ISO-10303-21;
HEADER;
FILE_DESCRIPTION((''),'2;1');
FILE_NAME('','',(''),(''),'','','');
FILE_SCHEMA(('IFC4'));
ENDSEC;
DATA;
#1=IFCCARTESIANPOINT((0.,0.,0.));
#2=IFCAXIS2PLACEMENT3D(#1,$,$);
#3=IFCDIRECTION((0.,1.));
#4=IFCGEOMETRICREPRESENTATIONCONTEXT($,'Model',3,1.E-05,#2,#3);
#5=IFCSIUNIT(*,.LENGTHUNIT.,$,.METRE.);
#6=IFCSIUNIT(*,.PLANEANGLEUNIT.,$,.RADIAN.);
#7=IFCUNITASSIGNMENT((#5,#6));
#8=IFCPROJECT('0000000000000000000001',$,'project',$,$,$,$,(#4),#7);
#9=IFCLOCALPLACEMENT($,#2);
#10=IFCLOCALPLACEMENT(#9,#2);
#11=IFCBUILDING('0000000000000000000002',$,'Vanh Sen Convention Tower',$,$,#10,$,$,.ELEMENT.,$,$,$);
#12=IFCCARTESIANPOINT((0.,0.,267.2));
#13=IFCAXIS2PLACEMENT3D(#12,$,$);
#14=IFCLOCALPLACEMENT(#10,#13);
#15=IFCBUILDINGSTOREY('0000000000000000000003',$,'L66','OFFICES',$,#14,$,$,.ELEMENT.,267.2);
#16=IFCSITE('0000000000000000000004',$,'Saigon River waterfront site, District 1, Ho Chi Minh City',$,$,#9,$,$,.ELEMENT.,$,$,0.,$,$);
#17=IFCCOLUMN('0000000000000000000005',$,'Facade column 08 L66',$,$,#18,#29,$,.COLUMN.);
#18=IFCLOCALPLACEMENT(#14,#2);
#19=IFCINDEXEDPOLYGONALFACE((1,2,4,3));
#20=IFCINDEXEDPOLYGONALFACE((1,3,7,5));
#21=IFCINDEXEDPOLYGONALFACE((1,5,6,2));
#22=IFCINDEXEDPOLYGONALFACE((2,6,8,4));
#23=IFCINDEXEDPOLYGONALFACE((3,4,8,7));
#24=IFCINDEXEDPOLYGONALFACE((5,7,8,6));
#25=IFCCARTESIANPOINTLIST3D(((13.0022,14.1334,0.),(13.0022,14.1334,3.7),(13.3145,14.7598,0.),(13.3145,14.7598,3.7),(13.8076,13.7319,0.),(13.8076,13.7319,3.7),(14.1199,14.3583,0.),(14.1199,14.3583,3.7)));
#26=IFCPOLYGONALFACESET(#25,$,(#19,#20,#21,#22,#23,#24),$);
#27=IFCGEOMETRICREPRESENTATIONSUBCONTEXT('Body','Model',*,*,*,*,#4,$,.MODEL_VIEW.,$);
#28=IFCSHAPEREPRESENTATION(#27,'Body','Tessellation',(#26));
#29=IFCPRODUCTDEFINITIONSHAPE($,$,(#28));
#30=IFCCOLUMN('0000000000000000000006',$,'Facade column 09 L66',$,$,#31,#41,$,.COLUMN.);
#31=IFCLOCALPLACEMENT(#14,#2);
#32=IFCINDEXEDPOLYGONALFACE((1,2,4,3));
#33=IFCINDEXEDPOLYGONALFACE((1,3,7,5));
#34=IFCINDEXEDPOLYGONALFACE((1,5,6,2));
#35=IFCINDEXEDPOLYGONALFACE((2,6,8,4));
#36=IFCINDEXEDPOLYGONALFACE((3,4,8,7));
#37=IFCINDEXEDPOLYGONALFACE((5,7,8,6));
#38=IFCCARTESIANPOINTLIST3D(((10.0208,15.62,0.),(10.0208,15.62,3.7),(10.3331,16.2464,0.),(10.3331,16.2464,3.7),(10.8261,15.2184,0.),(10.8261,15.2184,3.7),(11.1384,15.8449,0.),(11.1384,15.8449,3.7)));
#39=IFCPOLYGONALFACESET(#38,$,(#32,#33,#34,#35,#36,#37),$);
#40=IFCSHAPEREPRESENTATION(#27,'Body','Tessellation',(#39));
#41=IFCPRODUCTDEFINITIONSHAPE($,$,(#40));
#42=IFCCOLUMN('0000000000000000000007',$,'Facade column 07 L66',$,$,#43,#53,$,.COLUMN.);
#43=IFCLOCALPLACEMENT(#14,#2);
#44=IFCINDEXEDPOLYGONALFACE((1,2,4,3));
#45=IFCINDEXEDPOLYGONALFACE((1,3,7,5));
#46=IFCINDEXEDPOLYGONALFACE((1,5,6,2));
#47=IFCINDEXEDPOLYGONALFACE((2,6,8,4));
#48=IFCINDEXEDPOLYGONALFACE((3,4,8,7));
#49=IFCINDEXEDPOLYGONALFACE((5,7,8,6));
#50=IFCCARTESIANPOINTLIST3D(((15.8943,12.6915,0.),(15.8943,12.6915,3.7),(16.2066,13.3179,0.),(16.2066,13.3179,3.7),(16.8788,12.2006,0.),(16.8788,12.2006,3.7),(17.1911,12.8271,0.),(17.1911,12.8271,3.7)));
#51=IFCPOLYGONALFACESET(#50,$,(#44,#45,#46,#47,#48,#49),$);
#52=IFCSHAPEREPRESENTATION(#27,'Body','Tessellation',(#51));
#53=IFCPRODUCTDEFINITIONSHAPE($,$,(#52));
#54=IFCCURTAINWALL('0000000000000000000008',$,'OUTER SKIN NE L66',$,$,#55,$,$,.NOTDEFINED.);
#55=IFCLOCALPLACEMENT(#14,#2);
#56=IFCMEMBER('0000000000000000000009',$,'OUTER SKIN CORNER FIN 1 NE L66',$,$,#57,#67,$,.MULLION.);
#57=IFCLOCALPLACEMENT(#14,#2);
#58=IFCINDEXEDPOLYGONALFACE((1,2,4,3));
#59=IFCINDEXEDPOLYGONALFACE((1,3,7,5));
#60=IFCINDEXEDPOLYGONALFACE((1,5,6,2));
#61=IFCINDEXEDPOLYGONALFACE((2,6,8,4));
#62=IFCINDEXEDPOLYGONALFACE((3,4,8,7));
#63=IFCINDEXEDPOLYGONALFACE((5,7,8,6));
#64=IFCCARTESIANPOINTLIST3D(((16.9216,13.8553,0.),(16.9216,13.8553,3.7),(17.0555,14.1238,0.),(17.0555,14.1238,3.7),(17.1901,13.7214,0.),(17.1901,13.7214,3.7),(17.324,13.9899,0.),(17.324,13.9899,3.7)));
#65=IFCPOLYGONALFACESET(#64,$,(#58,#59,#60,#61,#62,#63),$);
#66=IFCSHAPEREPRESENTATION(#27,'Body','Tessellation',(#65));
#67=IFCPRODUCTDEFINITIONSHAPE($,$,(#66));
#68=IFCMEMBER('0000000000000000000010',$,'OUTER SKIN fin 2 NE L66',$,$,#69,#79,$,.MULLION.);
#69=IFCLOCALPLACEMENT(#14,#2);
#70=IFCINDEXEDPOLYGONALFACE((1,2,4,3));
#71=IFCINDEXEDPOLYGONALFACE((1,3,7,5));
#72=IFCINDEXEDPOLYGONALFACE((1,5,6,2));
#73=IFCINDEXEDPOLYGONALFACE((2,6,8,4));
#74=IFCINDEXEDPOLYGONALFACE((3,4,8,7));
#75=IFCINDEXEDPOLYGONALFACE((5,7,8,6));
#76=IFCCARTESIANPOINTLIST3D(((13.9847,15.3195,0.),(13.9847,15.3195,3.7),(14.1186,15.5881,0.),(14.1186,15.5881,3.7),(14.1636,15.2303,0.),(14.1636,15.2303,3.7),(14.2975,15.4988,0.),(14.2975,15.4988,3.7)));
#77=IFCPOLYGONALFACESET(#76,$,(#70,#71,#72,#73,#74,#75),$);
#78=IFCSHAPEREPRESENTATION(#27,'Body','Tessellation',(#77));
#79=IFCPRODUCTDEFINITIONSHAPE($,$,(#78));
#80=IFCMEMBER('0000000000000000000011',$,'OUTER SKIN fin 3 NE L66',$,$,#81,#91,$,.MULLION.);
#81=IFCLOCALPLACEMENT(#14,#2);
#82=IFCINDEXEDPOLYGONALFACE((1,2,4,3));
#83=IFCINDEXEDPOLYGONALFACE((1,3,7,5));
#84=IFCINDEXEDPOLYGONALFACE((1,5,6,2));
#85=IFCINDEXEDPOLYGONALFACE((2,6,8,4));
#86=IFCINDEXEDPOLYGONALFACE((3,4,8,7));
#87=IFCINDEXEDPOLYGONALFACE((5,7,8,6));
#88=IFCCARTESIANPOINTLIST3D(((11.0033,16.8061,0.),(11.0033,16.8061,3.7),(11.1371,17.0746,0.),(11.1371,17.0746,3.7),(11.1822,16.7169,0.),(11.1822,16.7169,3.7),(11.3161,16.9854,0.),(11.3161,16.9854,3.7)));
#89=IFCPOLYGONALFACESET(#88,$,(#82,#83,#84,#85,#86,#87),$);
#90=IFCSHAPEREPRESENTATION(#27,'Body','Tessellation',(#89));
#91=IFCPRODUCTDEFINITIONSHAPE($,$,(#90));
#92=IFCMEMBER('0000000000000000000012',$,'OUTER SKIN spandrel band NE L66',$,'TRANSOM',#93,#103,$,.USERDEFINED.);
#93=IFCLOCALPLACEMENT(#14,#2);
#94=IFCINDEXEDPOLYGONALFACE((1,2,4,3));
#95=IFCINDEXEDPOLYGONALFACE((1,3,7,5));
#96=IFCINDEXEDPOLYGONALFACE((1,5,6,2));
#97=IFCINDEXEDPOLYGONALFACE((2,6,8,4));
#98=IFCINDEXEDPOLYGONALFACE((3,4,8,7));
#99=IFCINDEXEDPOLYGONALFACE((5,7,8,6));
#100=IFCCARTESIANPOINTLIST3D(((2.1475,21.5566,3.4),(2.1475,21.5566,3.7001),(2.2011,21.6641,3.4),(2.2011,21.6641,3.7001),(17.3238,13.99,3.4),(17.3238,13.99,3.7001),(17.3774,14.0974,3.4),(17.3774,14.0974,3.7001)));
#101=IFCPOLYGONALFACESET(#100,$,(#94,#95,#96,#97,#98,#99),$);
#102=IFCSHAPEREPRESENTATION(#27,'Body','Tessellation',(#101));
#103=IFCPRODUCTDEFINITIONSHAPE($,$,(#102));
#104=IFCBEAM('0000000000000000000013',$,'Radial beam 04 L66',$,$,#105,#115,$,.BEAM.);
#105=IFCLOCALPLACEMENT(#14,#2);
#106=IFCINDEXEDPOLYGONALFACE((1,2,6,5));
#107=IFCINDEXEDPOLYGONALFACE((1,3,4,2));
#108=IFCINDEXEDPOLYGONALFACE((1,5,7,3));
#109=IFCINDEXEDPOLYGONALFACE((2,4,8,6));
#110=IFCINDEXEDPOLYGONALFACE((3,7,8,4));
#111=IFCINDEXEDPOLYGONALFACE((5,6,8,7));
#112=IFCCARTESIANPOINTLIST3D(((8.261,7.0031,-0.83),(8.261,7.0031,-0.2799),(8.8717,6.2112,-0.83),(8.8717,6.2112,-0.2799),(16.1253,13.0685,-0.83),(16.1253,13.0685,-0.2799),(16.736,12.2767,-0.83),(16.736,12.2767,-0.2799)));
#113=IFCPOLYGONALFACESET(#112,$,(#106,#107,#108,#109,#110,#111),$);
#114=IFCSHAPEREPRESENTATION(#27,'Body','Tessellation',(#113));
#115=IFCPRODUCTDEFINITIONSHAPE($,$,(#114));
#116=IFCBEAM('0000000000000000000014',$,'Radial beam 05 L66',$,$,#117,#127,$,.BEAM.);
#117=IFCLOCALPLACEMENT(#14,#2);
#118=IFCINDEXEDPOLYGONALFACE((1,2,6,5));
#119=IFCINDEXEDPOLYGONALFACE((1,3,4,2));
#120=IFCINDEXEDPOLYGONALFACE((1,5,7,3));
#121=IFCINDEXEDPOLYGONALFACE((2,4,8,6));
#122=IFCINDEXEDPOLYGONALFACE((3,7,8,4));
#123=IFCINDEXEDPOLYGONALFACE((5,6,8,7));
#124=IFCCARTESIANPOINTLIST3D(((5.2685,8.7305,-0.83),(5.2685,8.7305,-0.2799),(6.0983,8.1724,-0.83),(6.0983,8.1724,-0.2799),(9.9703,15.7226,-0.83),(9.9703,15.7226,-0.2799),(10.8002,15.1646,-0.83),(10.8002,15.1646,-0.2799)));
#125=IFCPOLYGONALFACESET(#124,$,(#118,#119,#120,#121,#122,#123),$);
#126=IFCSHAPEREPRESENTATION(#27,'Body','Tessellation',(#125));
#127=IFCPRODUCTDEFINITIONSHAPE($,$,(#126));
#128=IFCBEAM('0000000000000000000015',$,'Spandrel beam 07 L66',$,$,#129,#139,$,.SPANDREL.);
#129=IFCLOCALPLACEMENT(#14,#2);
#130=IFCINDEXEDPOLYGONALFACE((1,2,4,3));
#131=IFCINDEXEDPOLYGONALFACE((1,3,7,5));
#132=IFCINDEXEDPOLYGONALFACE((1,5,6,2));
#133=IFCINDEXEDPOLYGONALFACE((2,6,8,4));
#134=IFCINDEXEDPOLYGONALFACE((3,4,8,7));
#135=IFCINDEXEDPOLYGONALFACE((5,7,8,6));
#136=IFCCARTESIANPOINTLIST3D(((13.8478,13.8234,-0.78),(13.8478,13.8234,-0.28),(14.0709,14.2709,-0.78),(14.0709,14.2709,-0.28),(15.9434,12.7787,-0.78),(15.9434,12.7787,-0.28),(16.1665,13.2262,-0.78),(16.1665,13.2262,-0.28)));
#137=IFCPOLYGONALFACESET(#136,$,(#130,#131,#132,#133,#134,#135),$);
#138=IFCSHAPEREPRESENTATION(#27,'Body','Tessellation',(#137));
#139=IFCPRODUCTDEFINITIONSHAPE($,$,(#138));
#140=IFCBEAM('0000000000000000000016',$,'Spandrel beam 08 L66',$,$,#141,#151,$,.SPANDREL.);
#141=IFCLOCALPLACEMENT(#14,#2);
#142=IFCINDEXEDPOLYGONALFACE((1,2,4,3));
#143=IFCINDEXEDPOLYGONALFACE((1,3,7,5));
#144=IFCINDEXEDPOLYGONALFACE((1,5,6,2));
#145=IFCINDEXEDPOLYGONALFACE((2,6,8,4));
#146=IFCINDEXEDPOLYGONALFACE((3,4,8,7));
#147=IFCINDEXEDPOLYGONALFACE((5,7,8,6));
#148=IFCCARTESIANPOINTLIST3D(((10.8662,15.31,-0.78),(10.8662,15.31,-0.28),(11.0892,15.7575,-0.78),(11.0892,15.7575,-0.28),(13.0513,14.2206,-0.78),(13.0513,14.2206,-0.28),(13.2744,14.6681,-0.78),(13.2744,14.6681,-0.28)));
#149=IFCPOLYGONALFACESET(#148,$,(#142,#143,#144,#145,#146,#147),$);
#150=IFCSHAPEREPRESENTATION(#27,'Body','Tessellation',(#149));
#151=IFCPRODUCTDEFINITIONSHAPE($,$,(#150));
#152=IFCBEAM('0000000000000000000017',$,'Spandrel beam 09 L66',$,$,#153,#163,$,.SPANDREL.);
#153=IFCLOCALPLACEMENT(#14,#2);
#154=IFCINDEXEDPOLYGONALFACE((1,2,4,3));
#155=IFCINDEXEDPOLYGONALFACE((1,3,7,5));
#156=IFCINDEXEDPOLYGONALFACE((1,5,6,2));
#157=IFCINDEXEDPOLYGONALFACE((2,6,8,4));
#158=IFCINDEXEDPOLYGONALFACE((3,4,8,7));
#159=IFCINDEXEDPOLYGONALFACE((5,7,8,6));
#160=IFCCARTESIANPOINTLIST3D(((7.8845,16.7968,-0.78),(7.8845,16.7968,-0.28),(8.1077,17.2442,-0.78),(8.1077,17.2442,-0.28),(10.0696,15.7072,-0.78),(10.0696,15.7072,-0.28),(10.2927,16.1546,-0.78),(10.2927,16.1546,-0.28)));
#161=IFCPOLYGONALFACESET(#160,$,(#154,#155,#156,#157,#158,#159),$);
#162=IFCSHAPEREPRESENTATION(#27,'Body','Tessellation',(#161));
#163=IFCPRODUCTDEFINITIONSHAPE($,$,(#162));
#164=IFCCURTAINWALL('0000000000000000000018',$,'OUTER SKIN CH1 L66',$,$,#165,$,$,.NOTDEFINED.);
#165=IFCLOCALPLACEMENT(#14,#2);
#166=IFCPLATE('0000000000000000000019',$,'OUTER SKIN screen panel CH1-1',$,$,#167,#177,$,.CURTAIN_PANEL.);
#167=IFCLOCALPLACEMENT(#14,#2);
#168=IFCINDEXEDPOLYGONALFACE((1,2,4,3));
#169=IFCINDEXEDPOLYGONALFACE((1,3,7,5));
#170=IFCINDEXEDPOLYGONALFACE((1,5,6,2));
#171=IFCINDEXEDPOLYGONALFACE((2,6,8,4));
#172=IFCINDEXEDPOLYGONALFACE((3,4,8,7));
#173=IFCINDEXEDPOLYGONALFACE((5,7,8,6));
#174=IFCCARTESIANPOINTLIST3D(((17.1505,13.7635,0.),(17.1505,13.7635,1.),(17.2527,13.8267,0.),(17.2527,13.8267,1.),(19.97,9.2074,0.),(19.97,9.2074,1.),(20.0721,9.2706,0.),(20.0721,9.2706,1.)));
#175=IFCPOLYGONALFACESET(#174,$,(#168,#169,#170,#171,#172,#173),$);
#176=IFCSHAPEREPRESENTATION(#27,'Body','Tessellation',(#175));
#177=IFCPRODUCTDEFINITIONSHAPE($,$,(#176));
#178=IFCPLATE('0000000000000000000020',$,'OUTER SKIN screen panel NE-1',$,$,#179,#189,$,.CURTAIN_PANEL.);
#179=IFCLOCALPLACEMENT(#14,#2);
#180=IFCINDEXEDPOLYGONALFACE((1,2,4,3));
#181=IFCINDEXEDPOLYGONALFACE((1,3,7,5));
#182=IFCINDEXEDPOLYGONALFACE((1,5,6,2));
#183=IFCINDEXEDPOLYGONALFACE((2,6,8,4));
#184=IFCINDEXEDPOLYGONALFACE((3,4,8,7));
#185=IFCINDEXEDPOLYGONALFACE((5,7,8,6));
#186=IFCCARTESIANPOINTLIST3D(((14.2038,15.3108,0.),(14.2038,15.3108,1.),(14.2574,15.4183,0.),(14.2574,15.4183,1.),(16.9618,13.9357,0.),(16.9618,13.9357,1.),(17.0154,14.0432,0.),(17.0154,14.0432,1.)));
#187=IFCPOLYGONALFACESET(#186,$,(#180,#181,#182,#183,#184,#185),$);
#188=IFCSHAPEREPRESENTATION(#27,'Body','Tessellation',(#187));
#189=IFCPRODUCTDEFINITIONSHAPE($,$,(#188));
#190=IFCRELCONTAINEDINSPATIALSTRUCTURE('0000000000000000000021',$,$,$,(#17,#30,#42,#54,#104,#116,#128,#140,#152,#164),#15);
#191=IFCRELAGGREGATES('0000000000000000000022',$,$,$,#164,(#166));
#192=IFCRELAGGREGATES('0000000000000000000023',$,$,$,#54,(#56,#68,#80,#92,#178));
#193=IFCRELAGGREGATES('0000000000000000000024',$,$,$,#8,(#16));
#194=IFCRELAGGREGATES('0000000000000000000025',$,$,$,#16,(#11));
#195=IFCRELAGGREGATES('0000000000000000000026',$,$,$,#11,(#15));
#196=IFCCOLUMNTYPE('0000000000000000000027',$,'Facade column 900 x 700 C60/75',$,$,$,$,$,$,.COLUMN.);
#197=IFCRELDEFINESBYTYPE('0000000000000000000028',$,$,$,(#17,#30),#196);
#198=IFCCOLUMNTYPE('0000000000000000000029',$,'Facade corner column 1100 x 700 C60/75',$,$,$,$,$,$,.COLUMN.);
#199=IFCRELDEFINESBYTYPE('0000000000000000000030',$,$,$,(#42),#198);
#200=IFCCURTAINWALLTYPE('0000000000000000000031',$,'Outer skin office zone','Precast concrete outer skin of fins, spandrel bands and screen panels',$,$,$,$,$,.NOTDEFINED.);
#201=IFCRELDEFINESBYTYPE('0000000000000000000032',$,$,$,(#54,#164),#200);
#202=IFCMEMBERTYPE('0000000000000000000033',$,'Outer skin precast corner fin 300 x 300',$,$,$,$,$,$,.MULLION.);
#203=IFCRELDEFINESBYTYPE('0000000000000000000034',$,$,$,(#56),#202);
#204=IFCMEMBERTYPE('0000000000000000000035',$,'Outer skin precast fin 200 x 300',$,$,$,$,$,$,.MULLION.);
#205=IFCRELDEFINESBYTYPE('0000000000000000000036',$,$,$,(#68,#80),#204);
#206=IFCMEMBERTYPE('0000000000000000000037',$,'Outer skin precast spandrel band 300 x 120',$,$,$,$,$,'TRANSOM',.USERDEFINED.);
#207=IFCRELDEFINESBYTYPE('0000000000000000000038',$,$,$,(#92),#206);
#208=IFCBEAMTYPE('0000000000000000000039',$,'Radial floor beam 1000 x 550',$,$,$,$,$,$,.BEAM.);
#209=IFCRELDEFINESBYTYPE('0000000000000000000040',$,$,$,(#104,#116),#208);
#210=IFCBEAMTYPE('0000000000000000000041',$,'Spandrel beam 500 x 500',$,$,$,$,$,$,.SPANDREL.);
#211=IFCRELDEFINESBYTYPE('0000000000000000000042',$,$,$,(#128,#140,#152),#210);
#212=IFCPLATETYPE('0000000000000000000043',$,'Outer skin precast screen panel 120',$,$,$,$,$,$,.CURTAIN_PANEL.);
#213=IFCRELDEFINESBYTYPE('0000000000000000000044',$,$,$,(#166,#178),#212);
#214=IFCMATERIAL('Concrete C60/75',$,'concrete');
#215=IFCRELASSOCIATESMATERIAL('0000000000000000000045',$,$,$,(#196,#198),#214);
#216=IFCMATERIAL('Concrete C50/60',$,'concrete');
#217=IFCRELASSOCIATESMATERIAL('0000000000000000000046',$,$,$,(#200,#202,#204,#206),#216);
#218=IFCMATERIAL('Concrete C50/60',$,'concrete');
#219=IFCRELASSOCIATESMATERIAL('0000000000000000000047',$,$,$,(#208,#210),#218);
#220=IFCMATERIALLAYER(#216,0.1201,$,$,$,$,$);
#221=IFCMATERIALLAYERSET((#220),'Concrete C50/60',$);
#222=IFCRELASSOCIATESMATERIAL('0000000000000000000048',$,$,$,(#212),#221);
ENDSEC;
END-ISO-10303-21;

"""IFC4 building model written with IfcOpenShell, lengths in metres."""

from ifc_helpers import new_model, si_unit, direction, frame, origin, origin_2d, place, context, subcontext, project, spatial, rectangle, extrude, material, layer, layer_set, material_profile, profile_set, type_object, element, aggregate, save


model = new_model("IFC4")

# Units and contexts
model_context = context("Model", 3, precision=1e-05, world=origin(), true_north=direction((0.0, 1.0)))
body_context = subcontext(model_context, "Body", "Model", "MODEL_VIEW")
ifc_project = project(units=[si_unit("LENGTHUNIT", "METRE"), si_unit("PLANEANGLEUNIT", "RADIAN")], contexts=[model_context])

# Site, building, storey
site_placement = place(None, origin())
site = spatial("IfcSite", under=ifc_project, at=site_placement, Name="Saigon River waterfront site, District 1, Ho Chi Minh City", CompositionType="ELEMENT", RefElevation=0.0)
building_placement = place(site_placement, origin())
building = spatial("IfcBuilding", under=site, at=building_placement, Name="Vanh Sen Convention Tower", CompositionType="ELEMENT")
storey_placement = place(building_placement, frame((0.0, 0.0, 267.2)))
storey = spatial("IfcBuildingStorey", under=building, at=storey_placement, Name="L66", Description="OFFICES", CompositionType="ELEMENT", Elevation=267.2)

# Columns
ifc_material_1 = material(Name="Concrete C60/75", Category="concrete")
ifc_material_profile_1 = material_profile(ifc_material_1, rectangle(XDim=0.8999, YDim=0.7, at=origin_2d()), Name="RC 900X700")
ifc_profile_set_1 = profile_set([ifc_material_profile_1], Name="Concrete C60/75")
column_type_1 = type_object("IfcColumnType", Name="Facade column 900 x 700 C60/75", PredefinedType="COLUMN", material=ifc_profile_set_1)
for number, where, z_axis, x_axis, name in (
    (1, (13.561, 14.2458, 0.0), (0.0, 0.0, 1.0), (-0.894934, 0.446198, 0.0), "Facade column 08 L66"),
    (2, (10.5796, 15.7324, 0.0), (0.0, 0.0, 1.0), (-0.894934, 0.446198, 0.0), "Facade column 09 L66"),
):
    element("IfcColumn", number, at=place(storey_placement, frame(where, z_axis=z_axis, x_axis=x_axis)), inside=storey, type_object=column_type_1, Name=name, PredefinedType="COLUMN", context=body_context, shape_type="SweptSolid", body=[
        extrude(rectangle(XDim=0.8999, YDim=0.7, at=origin_2d()), origin(), (0.0, 0.0, 1.0), 3.7),
    ])
ifc_material_profile_2 = material_profile(ifc_material_1, rectangle(XDim=1.1001, YDim=0.7, at=origin_2d()), Name="RC 1100X700")
ifc_profile_set_2 = profile_set([ifc_material_profile_2], Name="Concrete C60/75")
column_type_2 = type_object("IfcColumnType", Name="Facade corner column 1100 x 700 C60/75", PredefinedType="COLUMN", material=ifc_profile_set_2)
column_placement = place(storey_placement, frame((16.5427, 12.7593, 0.0), z_axis=(0.0, 0.0, 1.0), x_axis=(-0.894934, 0.446198, 0.0)))
element("IfcColumn", 3, at=column_placement, inside=storey, type_object=column_type_2, Name="Facade column 07 L66", PredefinedType="COLUMN", context=body_context, shape_type="SweptSolid", body=[
    extrude(rectangle(XDim=1.1001, YDim=0.7, at=origin_2d()), origin(), (0.0, 0.0, 1.0), 3.7),
])

# Curtain wall, members
ifc_material_2 = material(Name="Concrete C50/60", Category="concrete")
curtain_wall_type = type_object("IfcCurtainWallType", Name="Outer skin office zone", Description="Precast concrete outer skin of fins, spandrel bands and screen panels", PredefinedType="NOTDEFINED", material=ifc_material_2)
curtain_wall_1_placement = place(storey_placement, origin())
curtain_wall_1 = element("IfcCurtainWall", 4, at=curtain_wall_1_placement, inside=storey, type_object=curtain_wall_type, Name="OUTER SKIN NE L66", PredefinedType="NOTDEFINED")
ifc_material_profile_3 = material_profile(ifc_material_2, rectangle(XDim=0.3, YDim=0.3, at=origin_2d()), Name="Outer skin precast corner fin 300 x 300")
ifc_profile_set_3 = profile_set([ifc_material_profile_3], Name="Concrete C50/60")
member_type_1 = type_object("IfcMemberType", Name="Outer skin precast corner fin 300 x 300", PredefinedType="MULLION", material=ifc_profile_set_3)
member_1_placement = place(storey_placement, frame((17.1228, 13.9226, 0.0), z_axis=(0.0, 0.0, 1.0), x_axis=(-0.894934, 0.446198, 0.0)))
member_1 = element("IfcMember", 5, at=member_1_placement, type_object=member_type_1, Name="OUTER SKIN CORNER FIN 1 NE L66", PredefinedType="MULLION", context=body_context, shape_type="SweptSolid", body=[
    extrude(rectangle(XDim=0.3, YDim=0.3, at=origin_2d()), origin(), (0.0, 0.0, 1.0), 3.7),
])
ifc_material_profile_4 = material_profile(ifc_material_2, rectangle(XDim=0.2, YDim=0.3, at=origin_2d()), Name="Outer skin precast fin 200 x 300")
ifc_profile_set_4 = profile_set([ifc_material_profile_4], Name="Concrete C50/60")
member_type_2 = type_object("IfcMemberType", Name="Outer skin precast fin 200 x 300", PredefinedType="MULLION", material=ifc_profile_set_4)
member_2_placement = place(storey_placement, frame((14.1411, 15.4092, 0.0), z_axis=(0.0, 0.0, 1.0), x_axis=(-0.894934, 0.446198, 0.0)))
member_2 = element("IfcMember", 6, at=member_2_placement, type_object=member_type_2, Name="OUTER SKIN fin 2 NE L66", PredefinedType="MULLION", context=body_context, shape_type="SweptSolid", body=[
    extrude(rectangle(XDim=0.2, YDim=0.3, at=origin_2d()), origin(), (0.0, 0.0, 1.0), 3.7),
])
member_3_placement = place(storey_placement, frame((11.1597, 16.8958, 0.0), z_axis=(0.0, 0.0, 1.0), x_axis=(-0.894934, 0.446198, 0.0)))
member_3 = element("IfcMember", 7, at=member_3_placement, type_object=member_type_2, Name="OUTER SKIN fin 3 NE L66", PredefinedType="MULLION", context=body_context, shape_type="SweptSolid", body=[
    extrude(rectangle(XDim=0.2, YDim=0.3, at=origin_2d()), origin(), (0.0, 0.0, 1.0), 3.7),
])
ifc_material_profile_5 = material_profile(ifc_material_2, rectangle(XDim=0.1201, YDim=0.3, at=origin_2d()), Name="Outer skin precast spandrel band 300 x 120")
ifc_profile_set_5 = profile_set([ifc_material_profile_5], Name="Concrete C50/60")
member_type_3 = type_object("IfcMemberType", Name="Outer skin precast spandrel band 300 x 120", ElementType="TRANSOM", PredefinedType="USERDEFINED", material=ifc_profile_set_5)
member_4_placement = place(storey_placement, frame((17.3506, 14.0437, 3.55), z_axis=(-0.894933, 0.4462, 0.0), x_axis=(-0.4462, -0.894933, 0.0)))
member_4 = element("IfcMember", 8, at=member_4_placement, type_object=member_type_3, Name="OUTER SKIN spandrel band NE L66", ObjectType="TRANSOM", PredefinedType="USERDEFINED", context=body_context, shape_type="SweptSolid", body=[
    extrude(rectangle(XDim=0.1201, YDim=0.3, at=origin_2d()), origin(), (0.0, 0.0, 1.0), 16.958),
])

# Beams
ifc_material_3 = material(Name="Concrete C50/60", Category="concrete")
ifc_material_profile_6 = material_profile(ifc_material_3, rectangle(XDim=1.0, YDim=0.55, at=origin_2d()), Name="RC 1000X550")
ifc_profile_set_6 = profile_set([ifc_material_profile_6], Name="Concrete C50/60")
beam_type_1 = type_object("IfcBeamType", Name="Radial floor beam 1000 x 550", PredefinedType="BEAM", material=ifc_profile_set_6)
beam_1_placement = place(storey_placement, frame((16.4307, 12.6726, -0.5549), z_axis=(-0.791845, -0.610722, 0.0), x_axis=(0.610722, -0.791845, 0.0)))
element("IfcBeam", 9, at=beam_1_placement, inside=storey, type_object=beam_type_1, Name="Radial beam 04 L66", PredefinedType="BEAM", context=body_context, shape_type="SweptSolid", body=[
    extrude(rectangle(XDim=1.0, YDim=0.55, at=origin_2d()), origin(), (0.0, 0.0, 1.0), 9.9316),
])
beam_2_placement = place(storey_placement, frame((10.3853, 15.4436, -0.5549), z_axis=(-0.558019, -0.829828, 0.0), x_axis=(0.829828, -0.558019, 0.0)))
element("IfcBeam", 10, at=beam_2_placement, inside=storey, type_object=beam_type_1, Name="Radial beam 05 L66", PredefinedType="BEAM", context=body_context, shape_type="SweptSolid", body=[
    extrude(rectangle(XDim=1.0, YDim=0.55, at=origin_2d()), origin(), (0.0, 0.0, 1.0), 8.426),
])
ifc_material_profile_7 = material_profile(ifc_material_3, rectangle(XDim=0.5, YDim=0.5, at=origin_2d()), Name="RC 500X500")
ifc_profile_set_7 = profile_set([ifc_material_profile_7], Name="Concrete C50/60")
beam_type_2 = type_object("IfcBeamType", Name="Spandrel beam 500 x 500", PredefinedType="SPANDREL", material=ifc_profile_set_7)
beam_3_placement = place(storey_placement, frame((16.0549, 13.0024, -0.53), z_axis=(-0.894948, 0.446171, 0.0), x_axis=(-0.446171, -0.894948, 0.0)))
element("IfcBeam", 11, at=beam_3_placement, inside=storey, type_object=beam_type_2, Name="Spandrel beam 07 L66", PredefinedType="SPANDREL", context=body_context, shape_type="SweptSolid", body=[
    extrude(rectangle(XDim=0.5, YDim=0.5, at=origin_2d()), origin(), (0.0, 0.0, 1.0), 2.3416),
])
for number, where, z_axis, x_axis, name in (
    (12, (13.1628, 14.4443, -0.53), (-0.894947, 0.446173, 0.0), (-0.446173, -0.894947, 0.0), "Spandrel beam 08 L66"),
    (13, (10.1812, 15.9309, -0.53), (-0.894907, 0.446253, 0.0), (-0.446253, -0.894907, 0.0), "Spandrel beam 09 L66"),
):
    element("IfcBeam", number, at=place(storey_placement, frame(where, z_axis=z_axis, x_axis=x_axis)), inside=storey, type_object=beam_type_2, Name=name, PredefinedType="SPANDREL", context=body_context, shape_type="SweptSolid", body=[
        extrude(rectangle(XDim=0.5, YDim=0.5, at=origin_2d()), origin(), (0.0, 0.0, 1.0), 2.4417),
    ])

# Curtain wall, plate
curtain_wall_2_placement = place(storey_placement, origin())
curtain_wall_2 = element("IfcCurtainWall", 14, at=curtain_wall_2_placement, inside=storey, type_object=curtain_wall_type, Name="OUTER SKIN CH1 L66", PredefinedType="NOTDEFINED")
ifc_layer_1 = layer(ifc_material_2, 0.1201)
ifc_layer_set_1 = layer_set([ifc_layer_1], Name="Concrete C50/60")
plate_type = type_object("IfcPlateType", Name="Outer skin precast screen panel 120", PredefinedType="CURTAIN_PANEL", material=ifc_layer_set_1)
plate_1_placement = place(storey_placement, frame((18.6113, 11.5171, 0.0), z_axis=(0.0, 0.0, 1.0), x_axis=(-0.526218, 0.850349, 0.0)))
plate_1 = element("IfcPlate", 15, at=plate_1_placement, type_object=plate_type, Name="OUTER SKIN screen panel CH1-1", PredefinedType="CURTAIN_PANEL", context=body_context, shape_type="SweptSolid", body=[
    extrude(rectangle(XDim=5.3579, YDim=0.1201, at=origin_2d()), origin(), (0.0, 0.0, 1.0), 1.0),
])
aggregate(curtain_wall_2, [plate_1])

# Plate
plate_2_placement = place(storey_placement, frame((15.6096, 14.677, 0.0), z_axis=(0.0, 0.0, 1.0), x_axis=(-0.894931, 0.446204, 0.0)))
plate_2 = element("IfcPlate", 16, at=plate_2_placement, type_object=plate_type, Name="OUTER SKIN screen panel NE-1", PredefinedType="CURTAIN_PANEL", context=body_context, shape_type="SweptSolid", body=[
    extrude(rectangle(XDim=3.0818, YDim=0.1201, at=origin_2d()), origin(), (0.0, 0.0, 1.0), 1.0),
])
aggregate(curtain_wall_1, [member_1, member_2, member_3, member_4, plate_2])

save(model, "model.ifc")
